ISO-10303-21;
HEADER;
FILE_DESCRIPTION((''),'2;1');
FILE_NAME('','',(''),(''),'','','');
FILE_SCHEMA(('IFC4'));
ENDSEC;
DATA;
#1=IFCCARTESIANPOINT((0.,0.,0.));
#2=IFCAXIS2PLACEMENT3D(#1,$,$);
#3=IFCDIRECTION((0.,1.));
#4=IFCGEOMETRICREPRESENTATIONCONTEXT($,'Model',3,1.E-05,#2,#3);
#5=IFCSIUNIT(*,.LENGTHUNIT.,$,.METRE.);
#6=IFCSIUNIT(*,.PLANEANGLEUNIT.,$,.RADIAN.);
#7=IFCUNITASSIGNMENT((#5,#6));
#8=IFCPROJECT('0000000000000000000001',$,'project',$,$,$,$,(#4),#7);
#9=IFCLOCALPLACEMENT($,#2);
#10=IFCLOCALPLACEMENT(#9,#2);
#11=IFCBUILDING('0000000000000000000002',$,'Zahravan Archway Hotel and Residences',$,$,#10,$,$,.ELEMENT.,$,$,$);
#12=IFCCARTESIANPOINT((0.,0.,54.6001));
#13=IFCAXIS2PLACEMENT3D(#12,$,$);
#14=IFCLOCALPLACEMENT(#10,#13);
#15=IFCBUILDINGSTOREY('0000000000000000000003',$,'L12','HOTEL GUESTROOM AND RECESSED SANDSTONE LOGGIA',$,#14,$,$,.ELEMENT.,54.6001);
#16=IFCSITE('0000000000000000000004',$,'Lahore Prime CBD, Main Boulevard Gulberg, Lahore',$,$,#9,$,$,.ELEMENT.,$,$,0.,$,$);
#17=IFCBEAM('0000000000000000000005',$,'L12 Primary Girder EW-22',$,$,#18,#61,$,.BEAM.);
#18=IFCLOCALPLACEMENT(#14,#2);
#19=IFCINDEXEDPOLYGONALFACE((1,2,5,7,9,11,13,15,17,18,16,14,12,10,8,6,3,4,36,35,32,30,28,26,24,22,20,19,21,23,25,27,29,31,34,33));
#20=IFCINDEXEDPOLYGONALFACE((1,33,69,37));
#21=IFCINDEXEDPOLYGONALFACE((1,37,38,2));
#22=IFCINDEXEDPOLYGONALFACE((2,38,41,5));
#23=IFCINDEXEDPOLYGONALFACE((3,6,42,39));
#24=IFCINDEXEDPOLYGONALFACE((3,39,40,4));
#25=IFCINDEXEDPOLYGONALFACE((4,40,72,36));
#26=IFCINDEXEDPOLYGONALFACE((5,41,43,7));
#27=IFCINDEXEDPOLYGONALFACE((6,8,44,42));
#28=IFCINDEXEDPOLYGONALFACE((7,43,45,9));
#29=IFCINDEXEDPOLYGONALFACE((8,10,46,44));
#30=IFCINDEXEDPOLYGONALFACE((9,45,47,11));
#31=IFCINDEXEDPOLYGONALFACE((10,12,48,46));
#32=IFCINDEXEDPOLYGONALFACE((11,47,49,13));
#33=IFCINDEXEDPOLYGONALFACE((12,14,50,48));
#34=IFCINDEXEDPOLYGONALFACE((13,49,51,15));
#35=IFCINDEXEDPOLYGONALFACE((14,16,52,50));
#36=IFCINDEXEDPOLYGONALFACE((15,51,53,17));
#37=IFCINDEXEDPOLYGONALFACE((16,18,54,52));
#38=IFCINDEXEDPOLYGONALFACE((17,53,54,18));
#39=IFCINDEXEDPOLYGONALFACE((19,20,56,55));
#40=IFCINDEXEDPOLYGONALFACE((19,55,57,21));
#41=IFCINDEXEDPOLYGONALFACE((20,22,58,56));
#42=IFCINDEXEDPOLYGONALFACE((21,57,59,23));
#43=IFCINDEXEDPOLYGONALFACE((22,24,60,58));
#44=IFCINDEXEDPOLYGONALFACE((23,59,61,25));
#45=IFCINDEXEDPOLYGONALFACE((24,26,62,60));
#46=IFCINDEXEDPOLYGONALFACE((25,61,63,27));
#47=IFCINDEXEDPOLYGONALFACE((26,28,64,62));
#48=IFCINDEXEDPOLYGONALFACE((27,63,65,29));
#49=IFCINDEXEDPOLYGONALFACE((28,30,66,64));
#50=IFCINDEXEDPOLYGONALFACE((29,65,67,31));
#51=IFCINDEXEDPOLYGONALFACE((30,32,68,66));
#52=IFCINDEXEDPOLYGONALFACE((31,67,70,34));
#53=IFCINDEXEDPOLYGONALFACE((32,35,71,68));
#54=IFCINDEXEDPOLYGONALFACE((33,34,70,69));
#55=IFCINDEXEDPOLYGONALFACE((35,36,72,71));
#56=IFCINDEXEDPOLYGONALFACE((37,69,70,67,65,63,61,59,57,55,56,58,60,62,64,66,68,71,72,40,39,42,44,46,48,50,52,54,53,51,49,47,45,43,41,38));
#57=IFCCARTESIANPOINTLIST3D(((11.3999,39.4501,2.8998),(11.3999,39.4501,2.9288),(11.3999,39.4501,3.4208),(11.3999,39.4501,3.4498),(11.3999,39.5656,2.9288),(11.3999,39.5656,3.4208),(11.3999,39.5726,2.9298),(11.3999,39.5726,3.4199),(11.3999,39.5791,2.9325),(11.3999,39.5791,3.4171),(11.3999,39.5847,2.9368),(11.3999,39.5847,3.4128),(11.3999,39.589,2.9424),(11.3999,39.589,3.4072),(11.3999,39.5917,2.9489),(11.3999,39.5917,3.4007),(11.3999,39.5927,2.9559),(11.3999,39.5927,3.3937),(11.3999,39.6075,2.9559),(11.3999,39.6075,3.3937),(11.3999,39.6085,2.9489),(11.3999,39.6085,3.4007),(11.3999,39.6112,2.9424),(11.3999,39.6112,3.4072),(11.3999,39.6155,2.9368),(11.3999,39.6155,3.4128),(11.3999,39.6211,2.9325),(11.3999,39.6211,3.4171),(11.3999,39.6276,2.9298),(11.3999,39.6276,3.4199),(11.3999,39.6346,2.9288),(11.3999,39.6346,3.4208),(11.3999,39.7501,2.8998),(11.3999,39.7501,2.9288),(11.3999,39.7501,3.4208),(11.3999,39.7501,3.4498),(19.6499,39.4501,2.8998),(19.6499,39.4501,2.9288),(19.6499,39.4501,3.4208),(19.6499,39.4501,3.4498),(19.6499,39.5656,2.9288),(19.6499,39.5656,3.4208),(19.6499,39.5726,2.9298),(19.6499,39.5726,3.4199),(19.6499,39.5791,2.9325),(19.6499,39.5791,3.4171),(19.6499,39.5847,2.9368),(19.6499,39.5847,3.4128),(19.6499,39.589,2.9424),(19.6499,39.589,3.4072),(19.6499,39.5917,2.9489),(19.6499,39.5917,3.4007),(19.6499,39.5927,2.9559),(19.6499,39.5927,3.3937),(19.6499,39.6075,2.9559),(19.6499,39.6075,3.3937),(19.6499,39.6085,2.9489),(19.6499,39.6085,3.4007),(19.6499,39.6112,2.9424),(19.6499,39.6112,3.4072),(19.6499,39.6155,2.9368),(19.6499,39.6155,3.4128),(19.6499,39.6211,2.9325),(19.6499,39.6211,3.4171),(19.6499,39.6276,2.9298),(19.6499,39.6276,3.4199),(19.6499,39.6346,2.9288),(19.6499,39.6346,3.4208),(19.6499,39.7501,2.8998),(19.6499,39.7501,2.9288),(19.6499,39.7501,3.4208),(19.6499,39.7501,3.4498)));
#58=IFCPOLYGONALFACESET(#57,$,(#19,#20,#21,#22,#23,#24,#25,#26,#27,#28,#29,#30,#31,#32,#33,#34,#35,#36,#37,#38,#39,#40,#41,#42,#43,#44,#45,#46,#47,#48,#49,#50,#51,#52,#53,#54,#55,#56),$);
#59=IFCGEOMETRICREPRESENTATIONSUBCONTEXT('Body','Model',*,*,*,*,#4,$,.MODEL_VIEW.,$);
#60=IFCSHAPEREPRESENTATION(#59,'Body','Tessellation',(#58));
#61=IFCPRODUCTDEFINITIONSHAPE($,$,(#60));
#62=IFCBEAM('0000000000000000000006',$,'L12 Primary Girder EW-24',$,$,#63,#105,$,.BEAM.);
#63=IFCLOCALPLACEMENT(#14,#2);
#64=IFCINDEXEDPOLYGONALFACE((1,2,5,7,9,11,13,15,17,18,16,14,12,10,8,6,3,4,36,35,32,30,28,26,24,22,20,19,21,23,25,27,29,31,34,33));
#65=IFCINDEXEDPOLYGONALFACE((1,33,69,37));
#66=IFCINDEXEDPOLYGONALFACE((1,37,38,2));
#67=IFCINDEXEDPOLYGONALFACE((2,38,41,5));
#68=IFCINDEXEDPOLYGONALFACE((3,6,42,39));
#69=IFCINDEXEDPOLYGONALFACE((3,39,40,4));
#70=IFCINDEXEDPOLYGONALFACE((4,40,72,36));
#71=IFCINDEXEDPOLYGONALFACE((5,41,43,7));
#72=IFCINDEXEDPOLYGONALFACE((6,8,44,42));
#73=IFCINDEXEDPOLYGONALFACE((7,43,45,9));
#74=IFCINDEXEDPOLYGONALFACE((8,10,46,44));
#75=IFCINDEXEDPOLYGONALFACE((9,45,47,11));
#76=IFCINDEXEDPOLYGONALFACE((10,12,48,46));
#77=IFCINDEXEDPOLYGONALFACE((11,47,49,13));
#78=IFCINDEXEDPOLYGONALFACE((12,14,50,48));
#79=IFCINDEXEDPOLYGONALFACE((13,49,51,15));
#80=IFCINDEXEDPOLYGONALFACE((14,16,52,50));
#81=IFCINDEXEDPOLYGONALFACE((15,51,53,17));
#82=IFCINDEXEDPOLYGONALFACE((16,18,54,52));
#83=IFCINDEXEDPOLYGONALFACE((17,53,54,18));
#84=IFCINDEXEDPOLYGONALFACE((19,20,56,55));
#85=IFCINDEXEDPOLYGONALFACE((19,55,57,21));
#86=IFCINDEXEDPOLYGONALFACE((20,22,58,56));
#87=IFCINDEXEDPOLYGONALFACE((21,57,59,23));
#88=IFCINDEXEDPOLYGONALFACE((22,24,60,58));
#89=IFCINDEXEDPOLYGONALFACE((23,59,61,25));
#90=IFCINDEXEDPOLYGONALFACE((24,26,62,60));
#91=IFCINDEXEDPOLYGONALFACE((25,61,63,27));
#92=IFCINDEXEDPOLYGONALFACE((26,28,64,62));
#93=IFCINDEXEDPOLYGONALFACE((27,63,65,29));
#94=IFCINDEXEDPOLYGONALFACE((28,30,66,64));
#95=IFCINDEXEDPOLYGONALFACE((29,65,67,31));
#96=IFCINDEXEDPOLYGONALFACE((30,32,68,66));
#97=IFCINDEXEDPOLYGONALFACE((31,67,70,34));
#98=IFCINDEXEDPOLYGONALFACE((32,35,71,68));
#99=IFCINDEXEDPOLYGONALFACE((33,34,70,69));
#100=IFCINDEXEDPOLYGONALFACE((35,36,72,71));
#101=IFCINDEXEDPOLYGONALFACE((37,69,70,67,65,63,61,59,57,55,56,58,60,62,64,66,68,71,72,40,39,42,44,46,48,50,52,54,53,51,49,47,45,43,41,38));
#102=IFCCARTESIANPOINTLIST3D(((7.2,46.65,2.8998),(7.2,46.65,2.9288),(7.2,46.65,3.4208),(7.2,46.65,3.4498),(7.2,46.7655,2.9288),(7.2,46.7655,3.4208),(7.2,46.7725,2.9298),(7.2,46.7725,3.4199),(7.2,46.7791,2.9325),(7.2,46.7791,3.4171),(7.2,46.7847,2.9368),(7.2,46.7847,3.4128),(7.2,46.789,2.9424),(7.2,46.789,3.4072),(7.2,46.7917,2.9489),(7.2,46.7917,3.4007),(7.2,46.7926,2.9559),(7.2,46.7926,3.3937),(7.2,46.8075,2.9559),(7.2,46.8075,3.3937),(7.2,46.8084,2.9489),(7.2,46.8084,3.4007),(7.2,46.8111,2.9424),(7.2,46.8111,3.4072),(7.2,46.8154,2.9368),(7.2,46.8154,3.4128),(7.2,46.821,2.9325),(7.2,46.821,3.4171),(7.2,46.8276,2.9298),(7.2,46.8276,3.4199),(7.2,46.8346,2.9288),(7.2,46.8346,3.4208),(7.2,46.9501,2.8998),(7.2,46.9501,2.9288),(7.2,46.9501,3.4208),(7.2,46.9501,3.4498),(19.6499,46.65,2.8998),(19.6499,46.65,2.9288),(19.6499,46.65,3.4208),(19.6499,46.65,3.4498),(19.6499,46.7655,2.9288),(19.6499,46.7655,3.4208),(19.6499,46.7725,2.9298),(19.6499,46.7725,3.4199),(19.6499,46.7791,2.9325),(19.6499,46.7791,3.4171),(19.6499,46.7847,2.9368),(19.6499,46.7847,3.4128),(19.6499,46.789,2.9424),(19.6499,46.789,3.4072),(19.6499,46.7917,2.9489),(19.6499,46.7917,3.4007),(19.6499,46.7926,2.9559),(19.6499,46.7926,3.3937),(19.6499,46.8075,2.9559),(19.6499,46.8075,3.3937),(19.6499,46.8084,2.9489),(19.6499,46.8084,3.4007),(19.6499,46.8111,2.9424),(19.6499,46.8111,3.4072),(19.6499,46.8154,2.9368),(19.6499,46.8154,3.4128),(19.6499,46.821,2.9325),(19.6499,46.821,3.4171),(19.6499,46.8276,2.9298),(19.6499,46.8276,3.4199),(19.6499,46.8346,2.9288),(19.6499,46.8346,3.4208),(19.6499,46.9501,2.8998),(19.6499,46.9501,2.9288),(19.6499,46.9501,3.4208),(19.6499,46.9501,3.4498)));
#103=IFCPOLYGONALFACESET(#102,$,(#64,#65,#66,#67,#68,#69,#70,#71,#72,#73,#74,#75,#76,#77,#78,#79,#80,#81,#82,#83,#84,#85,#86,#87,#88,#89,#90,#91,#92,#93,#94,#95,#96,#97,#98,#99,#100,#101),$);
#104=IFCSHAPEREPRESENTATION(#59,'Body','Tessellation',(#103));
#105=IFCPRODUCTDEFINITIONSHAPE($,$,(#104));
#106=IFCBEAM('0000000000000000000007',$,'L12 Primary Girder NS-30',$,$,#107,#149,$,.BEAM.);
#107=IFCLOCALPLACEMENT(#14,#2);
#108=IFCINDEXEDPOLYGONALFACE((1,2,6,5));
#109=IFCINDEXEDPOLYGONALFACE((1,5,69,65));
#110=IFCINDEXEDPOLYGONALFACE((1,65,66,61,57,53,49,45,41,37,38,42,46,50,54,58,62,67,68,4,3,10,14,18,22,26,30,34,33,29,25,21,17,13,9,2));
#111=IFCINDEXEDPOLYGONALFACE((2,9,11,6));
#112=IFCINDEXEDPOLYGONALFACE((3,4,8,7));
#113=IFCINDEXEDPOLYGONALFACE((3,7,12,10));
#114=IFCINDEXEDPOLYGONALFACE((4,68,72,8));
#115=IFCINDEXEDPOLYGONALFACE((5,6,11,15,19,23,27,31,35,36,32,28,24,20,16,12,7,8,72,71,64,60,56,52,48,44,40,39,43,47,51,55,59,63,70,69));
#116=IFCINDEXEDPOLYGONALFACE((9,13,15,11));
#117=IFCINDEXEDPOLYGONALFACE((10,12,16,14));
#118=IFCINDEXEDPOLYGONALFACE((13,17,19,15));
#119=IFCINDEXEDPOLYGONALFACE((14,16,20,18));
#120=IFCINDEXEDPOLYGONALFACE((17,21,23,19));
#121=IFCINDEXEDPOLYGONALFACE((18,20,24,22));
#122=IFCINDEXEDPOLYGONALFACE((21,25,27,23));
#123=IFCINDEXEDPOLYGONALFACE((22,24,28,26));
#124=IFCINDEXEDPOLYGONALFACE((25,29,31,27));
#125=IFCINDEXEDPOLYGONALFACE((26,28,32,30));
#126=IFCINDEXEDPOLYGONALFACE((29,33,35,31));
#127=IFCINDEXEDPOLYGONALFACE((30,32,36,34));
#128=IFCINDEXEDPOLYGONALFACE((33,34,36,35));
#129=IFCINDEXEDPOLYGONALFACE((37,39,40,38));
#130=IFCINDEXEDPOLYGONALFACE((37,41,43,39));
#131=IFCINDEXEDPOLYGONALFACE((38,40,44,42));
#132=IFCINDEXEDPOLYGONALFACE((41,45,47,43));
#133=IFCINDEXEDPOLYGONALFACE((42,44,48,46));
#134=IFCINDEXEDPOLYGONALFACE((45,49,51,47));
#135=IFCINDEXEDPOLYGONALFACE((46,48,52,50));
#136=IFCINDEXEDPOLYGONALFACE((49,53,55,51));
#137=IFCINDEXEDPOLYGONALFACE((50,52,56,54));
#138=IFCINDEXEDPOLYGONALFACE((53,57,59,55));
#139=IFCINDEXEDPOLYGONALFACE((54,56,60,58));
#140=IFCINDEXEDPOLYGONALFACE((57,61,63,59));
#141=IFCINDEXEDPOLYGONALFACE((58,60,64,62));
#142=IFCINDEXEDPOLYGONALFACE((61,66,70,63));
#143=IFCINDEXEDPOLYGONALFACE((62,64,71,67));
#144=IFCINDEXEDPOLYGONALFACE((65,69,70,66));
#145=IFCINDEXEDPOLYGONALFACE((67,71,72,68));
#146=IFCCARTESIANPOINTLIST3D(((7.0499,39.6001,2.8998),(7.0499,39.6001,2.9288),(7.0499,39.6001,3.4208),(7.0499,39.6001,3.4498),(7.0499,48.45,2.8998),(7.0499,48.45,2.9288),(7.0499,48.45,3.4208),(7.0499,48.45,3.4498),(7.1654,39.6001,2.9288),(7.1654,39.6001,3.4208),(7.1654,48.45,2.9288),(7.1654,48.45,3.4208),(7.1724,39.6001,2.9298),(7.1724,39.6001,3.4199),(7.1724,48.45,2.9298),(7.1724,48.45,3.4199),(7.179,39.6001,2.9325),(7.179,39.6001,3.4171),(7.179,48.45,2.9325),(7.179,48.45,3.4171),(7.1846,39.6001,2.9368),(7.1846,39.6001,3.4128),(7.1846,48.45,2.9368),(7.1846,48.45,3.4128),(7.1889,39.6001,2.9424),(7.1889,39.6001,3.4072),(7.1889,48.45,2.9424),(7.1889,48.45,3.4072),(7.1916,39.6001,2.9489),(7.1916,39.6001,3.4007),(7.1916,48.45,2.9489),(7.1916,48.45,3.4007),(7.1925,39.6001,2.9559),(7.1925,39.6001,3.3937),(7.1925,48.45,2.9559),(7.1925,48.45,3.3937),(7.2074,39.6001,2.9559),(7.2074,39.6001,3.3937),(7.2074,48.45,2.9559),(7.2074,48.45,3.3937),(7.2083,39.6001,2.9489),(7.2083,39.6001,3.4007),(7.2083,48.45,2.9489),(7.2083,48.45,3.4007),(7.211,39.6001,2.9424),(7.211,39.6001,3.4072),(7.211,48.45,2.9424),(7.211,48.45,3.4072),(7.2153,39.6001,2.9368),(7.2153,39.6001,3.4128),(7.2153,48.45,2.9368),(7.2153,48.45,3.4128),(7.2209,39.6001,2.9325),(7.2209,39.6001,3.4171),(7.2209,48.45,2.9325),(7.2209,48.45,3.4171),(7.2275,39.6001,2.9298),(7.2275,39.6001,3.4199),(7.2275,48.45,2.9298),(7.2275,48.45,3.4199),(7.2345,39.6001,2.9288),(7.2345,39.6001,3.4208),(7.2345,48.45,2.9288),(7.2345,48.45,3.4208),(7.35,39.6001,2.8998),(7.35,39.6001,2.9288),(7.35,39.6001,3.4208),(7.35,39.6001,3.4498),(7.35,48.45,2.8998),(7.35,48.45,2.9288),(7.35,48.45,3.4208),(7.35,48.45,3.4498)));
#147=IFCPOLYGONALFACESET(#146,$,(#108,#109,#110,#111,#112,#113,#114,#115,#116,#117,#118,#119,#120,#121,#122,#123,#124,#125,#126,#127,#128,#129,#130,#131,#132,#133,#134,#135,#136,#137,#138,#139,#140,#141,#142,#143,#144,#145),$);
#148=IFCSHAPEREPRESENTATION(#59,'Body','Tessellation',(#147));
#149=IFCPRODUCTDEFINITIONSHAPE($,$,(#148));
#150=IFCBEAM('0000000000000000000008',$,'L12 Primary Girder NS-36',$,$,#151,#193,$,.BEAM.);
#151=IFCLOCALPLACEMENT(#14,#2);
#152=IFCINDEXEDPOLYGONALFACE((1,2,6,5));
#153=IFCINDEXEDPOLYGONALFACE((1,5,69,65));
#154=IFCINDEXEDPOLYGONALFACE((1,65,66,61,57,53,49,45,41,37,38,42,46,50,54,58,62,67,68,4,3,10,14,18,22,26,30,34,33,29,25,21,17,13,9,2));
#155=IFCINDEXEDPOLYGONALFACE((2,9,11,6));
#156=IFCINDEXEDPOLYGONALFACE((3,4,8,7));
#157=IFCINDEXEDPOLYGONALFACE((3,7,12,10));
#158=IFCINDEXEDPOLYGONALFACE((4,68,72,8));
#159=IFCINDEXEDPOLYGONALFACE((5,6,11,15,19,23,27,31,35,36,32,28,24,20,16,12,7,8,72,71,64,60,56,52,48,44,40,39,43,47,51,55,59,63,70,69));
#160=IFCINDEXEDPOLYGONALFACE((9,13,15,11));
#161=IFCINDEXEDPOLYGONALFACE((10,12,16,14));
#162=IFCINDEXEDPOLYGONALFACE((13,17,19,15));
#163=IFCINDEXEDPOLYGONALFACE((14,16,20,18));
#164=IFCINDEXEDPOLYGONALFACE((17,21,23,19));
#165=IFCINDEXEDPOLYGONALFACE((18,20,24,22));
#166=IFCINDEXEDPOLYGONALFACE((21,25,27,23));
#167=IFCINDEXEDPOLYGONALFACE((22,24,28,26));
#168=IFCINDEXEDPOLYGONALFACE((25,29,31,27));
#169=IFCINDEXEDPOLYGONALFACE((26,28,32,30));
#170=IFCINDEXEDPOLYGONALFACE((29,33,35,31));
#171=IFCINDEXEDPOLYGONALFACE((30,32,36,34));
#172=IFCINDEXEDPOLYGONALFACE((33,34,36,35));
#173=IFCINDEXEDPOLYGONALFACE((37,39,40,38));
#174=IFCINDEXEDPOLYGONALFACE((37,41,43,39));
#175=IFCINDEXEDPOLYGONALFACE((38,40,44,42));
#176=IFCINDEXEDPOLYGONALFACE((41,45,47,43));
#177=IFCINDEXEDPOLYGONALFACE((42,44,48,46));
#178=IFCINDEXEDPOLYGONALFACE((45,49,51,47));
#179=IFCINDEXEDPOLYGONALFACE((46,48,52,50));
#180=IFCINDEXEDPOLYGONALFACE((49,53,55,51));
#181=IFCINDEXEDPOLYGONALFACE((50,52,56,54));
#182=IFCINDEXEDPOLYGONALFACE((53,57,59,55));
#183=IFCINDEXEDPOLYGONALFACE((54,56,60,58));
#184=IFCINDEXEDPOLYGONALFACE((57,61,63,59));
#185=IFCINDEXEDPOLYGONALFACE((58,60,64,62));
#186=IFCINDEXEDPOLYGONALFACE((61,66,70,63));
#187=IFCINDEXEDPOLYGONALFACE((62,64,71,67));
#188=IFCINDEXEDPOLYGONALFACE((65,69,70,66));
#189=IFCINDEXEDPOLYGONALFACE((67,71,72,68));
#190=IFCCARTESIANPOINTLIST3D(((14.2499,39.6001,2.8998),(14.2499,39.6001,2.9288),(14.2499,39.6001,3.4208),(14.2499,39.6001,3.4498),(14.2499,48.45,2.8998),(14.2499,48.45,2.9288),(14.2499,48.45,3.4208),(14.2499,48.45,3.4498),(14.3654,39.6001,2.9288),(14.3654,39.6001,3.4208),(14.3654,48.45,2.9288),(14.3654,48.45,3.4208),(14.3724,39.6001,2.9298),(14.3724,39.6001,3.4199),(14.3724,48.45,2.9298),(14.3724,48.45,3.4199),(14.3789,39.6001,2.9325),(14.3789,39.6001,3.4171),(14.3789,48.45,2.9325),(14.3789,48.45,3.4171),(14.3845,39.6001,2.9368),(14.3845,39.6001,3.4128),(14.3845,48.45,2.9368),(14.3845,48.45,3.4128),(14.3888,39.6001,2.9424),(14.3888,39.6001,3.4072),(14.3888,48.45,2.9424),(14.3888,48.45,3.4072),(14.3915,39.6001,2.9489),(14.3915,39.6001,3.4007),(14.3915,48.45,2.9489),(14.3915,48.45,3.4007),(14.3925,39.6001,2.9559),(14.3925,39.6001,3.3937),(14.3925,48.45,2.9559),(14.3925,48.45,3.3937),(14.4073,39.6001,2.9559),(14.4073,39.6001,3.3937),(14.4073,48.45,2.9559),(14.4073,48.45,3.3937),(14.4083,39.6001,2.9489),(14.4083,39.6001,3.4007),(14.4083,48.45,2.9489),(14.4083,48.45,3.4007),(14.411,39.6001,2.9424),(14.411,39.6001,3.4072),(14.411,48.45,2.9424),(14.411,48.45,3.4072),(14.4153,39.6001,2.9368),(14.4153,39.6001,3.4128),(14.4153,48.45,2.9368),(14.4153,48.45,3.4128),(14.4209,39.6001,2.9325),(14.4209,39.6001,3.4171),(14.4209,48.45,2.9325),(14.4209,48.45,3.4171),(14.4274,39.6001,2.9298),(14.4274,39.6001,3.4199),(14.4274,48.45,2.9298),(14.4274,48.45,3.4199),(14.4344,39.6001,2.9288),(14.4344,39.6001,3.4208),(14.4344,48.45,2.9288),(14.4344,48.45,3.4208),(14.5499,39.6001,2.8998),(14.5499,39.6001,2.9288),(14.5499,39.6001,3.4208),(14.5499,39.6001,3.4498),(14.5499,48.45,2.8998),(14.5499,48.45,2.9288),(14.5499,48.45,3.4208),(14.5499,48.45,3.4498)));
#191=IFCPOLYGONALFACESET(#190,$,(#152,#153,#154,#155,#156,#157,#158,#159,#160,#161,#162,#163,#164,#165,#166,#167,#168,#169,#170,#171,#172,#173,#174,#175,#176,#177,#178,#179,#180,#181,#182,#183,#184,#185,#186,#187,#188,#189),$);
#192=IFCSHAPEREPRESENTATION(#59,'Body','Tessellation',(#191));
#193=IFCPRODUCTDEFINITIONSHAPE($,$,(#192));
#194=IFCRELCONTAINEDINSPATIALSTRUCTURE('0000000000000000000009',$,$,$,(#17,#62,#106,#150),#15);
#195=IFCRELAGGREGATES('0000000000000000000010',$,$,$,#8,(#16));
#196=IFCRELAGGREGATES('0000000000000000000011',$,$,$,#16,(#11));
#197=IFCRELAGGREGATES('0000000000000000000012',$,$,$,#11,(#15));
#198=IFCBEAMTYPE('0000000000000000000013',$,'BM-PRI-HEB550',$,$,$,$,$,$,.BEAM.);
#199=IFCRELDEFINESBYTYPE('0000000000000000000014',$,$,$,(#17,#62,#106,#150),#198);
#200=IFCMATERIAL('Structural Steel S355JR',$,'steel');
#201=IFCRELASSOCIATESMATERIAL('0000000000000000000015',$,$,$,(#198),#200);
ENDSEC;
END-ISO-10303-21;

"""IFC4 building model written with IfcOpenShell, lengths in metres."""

from ifc_helpers import new_model, si_unit, direction, frame, origin, origin_2d, place, context, subcontext, project, spatial, i_section, extrude, source, transform, mapped, material, material_profile, profile_set, type_object, element, save


model = new_model("IFC4")

# Units and contexts
model_context = context("Model", 3, precision=1e-05, world=origin(), true_north=direction((0.0, 1.0)))
body_context = subcontext(model_context, "Body", "Model", "MODEL_VIEW")
ifc_project = project(units=[si_unit("LENGTHUNIT", "METRE"), si_unit("PLANEANGLEUNIT", "RADIAN")], contexts=[model_context])

# Site, building, storey
site_placement = place(None, origin())
site = spatial("IfcSite", under=ifc_project, at=site_placement, Name="Lahore Prime CBD, Main Boulevard Gulberg, Lahore", CompositionType="ELEMENT", RefElevation=0.0)
building_placement = place(site_placement, origin())
building = spatial("IfcBuilding", under=site, at=building_placement, Name="Zahravan Archway Hotel and Residences", CompositionType="ELEMENT")
storey_placement = place(building_placement, frame((0.0, 0.0, 54.6001)))
storey = spatial("IfcBuildingStorey", under=building, at=storey_placement, Name="L12", Description="HOTEL GUESTROOM AND RECESSED SANDSTONE LOGGIA", CompositionType="ELEMENT", Elevation=54.6001)

# Beams
ifc_material_1 = material(Name="Structural Steel S355JR", Category="steel")
ifc_material_profile_1 = material_profile(ifc_material_1, i_section(OverallWidth=0.3, OverallDepth=0.55, WebThickness=0.0149, FlangeThickness=0.0291, FilletRadius=0.0271, at=origin_2d()), Name="HEB 550", Category="steel")
ifc_profile_set_1 = profile_set([ifc_material_profile_1], Name="Structural Steel S355JR")
beam_type_1 = type_object("IfcBeamType", Name="BM-PRI-HEB550", PredefinedType="BEAM", material=ifc_profile_set_1)
shared_shape_1 = source(origin(), body_context, "Body", "SweptSolid", [
    extrude(i_section(OverallWidth=0.3, OverallDepth=0.55, WebThickness=0.0149, FlangeThickness=0.0291, FilletRadius=0.0271, at=origin_2d()), origin(), (0.0, 0.0, 1.0), 8.25),
])
beam_1_placement = place(storey_placement, frame((11.3999, 39.6001, 3.1748), z_axis=(1.0, 0.0, 0.0), x_axis=(0.0, 1.0, 0.0)))
element("IfcBeam", 1, at=beam_1_placement, inside=storey, type_object=beam_type_1, Name="L12 Primary Girder EW-22", PredefinedType="BEAM", context=body_context, shape_type="MappedRepresentation", body=[
    mapped(shared_shape_1, transform((0.0, 0.0, 0.0), scale=1.0)),
])
shared_shape_2 = source(origin(), body_context, "Body", "SweptSolid", [
    extrude(i_section(OverallWidth=0.3, OverallDepth=0.55, WebThickness=0.0149, FlangeThickness=0.0291, FilletRadius=0.0271, at=origin_2d()), origin(), (0.0, 0.0, 1.0), 12.45),
])
beam_2_placement = place(storey_placement, frame((7.2, 46.8, 3.1748), z_axis=(1.0, 0.0, 0.0), x_axis=(0.0, 1.0, 0.0)))
element("IfcBeam", 2, at=beam_2_placement, inside=storey, type_object=beam_type_1, Name="L12 Primary Girder EW-24", PredefinedType="BEAM", context=body_context, shape_type="MappedRepresentation", body=[
    mapped(shared_shape_2, transform((0.0, 0.0, 0.0), scale=1.0)),
])
shared_shape_3 = source(origin(), body_context, "Body", "SweptSolid", [
    extrude(i_section(OverallWidth=0.3, OverallDepth=0.55, WebThickness=0.0149, FlangeThickness=0.0291, FilletRadius=0.0271, at=origin_2d()), origin(), (0.0, 0.0, 1.0), 8.8499),
])
for number, where, z_axis, x_axis, name in (
    (3, (7.2, 39.6001, 3.1748), (0.0, 1.0, 0.0), (-1.0, 0.0, 0.0), "L12 Primary Girder NS-30"),
    (4, (14.3999, 39.6001, 3.1748), (0.0, 1.0, 0.0), (-1.0, 0.0, 0.0), "L12 Primary Girder NS-36"),
):
    element("IfcBeam", number, at=place(storey_placement, frame(where, z_axis=z_axis, x_axis=x_axis)), inside=storey, type_object=beam_type_1, Name=name, PredefinedType="BEAM", context=body_context, shape_type="MappedRepresentation", body=[
        mapped(shared_shape_3, transform((0.0, 0.0, 0.0), scale=1.0)),
    ])

save(model, "model.ifc")
